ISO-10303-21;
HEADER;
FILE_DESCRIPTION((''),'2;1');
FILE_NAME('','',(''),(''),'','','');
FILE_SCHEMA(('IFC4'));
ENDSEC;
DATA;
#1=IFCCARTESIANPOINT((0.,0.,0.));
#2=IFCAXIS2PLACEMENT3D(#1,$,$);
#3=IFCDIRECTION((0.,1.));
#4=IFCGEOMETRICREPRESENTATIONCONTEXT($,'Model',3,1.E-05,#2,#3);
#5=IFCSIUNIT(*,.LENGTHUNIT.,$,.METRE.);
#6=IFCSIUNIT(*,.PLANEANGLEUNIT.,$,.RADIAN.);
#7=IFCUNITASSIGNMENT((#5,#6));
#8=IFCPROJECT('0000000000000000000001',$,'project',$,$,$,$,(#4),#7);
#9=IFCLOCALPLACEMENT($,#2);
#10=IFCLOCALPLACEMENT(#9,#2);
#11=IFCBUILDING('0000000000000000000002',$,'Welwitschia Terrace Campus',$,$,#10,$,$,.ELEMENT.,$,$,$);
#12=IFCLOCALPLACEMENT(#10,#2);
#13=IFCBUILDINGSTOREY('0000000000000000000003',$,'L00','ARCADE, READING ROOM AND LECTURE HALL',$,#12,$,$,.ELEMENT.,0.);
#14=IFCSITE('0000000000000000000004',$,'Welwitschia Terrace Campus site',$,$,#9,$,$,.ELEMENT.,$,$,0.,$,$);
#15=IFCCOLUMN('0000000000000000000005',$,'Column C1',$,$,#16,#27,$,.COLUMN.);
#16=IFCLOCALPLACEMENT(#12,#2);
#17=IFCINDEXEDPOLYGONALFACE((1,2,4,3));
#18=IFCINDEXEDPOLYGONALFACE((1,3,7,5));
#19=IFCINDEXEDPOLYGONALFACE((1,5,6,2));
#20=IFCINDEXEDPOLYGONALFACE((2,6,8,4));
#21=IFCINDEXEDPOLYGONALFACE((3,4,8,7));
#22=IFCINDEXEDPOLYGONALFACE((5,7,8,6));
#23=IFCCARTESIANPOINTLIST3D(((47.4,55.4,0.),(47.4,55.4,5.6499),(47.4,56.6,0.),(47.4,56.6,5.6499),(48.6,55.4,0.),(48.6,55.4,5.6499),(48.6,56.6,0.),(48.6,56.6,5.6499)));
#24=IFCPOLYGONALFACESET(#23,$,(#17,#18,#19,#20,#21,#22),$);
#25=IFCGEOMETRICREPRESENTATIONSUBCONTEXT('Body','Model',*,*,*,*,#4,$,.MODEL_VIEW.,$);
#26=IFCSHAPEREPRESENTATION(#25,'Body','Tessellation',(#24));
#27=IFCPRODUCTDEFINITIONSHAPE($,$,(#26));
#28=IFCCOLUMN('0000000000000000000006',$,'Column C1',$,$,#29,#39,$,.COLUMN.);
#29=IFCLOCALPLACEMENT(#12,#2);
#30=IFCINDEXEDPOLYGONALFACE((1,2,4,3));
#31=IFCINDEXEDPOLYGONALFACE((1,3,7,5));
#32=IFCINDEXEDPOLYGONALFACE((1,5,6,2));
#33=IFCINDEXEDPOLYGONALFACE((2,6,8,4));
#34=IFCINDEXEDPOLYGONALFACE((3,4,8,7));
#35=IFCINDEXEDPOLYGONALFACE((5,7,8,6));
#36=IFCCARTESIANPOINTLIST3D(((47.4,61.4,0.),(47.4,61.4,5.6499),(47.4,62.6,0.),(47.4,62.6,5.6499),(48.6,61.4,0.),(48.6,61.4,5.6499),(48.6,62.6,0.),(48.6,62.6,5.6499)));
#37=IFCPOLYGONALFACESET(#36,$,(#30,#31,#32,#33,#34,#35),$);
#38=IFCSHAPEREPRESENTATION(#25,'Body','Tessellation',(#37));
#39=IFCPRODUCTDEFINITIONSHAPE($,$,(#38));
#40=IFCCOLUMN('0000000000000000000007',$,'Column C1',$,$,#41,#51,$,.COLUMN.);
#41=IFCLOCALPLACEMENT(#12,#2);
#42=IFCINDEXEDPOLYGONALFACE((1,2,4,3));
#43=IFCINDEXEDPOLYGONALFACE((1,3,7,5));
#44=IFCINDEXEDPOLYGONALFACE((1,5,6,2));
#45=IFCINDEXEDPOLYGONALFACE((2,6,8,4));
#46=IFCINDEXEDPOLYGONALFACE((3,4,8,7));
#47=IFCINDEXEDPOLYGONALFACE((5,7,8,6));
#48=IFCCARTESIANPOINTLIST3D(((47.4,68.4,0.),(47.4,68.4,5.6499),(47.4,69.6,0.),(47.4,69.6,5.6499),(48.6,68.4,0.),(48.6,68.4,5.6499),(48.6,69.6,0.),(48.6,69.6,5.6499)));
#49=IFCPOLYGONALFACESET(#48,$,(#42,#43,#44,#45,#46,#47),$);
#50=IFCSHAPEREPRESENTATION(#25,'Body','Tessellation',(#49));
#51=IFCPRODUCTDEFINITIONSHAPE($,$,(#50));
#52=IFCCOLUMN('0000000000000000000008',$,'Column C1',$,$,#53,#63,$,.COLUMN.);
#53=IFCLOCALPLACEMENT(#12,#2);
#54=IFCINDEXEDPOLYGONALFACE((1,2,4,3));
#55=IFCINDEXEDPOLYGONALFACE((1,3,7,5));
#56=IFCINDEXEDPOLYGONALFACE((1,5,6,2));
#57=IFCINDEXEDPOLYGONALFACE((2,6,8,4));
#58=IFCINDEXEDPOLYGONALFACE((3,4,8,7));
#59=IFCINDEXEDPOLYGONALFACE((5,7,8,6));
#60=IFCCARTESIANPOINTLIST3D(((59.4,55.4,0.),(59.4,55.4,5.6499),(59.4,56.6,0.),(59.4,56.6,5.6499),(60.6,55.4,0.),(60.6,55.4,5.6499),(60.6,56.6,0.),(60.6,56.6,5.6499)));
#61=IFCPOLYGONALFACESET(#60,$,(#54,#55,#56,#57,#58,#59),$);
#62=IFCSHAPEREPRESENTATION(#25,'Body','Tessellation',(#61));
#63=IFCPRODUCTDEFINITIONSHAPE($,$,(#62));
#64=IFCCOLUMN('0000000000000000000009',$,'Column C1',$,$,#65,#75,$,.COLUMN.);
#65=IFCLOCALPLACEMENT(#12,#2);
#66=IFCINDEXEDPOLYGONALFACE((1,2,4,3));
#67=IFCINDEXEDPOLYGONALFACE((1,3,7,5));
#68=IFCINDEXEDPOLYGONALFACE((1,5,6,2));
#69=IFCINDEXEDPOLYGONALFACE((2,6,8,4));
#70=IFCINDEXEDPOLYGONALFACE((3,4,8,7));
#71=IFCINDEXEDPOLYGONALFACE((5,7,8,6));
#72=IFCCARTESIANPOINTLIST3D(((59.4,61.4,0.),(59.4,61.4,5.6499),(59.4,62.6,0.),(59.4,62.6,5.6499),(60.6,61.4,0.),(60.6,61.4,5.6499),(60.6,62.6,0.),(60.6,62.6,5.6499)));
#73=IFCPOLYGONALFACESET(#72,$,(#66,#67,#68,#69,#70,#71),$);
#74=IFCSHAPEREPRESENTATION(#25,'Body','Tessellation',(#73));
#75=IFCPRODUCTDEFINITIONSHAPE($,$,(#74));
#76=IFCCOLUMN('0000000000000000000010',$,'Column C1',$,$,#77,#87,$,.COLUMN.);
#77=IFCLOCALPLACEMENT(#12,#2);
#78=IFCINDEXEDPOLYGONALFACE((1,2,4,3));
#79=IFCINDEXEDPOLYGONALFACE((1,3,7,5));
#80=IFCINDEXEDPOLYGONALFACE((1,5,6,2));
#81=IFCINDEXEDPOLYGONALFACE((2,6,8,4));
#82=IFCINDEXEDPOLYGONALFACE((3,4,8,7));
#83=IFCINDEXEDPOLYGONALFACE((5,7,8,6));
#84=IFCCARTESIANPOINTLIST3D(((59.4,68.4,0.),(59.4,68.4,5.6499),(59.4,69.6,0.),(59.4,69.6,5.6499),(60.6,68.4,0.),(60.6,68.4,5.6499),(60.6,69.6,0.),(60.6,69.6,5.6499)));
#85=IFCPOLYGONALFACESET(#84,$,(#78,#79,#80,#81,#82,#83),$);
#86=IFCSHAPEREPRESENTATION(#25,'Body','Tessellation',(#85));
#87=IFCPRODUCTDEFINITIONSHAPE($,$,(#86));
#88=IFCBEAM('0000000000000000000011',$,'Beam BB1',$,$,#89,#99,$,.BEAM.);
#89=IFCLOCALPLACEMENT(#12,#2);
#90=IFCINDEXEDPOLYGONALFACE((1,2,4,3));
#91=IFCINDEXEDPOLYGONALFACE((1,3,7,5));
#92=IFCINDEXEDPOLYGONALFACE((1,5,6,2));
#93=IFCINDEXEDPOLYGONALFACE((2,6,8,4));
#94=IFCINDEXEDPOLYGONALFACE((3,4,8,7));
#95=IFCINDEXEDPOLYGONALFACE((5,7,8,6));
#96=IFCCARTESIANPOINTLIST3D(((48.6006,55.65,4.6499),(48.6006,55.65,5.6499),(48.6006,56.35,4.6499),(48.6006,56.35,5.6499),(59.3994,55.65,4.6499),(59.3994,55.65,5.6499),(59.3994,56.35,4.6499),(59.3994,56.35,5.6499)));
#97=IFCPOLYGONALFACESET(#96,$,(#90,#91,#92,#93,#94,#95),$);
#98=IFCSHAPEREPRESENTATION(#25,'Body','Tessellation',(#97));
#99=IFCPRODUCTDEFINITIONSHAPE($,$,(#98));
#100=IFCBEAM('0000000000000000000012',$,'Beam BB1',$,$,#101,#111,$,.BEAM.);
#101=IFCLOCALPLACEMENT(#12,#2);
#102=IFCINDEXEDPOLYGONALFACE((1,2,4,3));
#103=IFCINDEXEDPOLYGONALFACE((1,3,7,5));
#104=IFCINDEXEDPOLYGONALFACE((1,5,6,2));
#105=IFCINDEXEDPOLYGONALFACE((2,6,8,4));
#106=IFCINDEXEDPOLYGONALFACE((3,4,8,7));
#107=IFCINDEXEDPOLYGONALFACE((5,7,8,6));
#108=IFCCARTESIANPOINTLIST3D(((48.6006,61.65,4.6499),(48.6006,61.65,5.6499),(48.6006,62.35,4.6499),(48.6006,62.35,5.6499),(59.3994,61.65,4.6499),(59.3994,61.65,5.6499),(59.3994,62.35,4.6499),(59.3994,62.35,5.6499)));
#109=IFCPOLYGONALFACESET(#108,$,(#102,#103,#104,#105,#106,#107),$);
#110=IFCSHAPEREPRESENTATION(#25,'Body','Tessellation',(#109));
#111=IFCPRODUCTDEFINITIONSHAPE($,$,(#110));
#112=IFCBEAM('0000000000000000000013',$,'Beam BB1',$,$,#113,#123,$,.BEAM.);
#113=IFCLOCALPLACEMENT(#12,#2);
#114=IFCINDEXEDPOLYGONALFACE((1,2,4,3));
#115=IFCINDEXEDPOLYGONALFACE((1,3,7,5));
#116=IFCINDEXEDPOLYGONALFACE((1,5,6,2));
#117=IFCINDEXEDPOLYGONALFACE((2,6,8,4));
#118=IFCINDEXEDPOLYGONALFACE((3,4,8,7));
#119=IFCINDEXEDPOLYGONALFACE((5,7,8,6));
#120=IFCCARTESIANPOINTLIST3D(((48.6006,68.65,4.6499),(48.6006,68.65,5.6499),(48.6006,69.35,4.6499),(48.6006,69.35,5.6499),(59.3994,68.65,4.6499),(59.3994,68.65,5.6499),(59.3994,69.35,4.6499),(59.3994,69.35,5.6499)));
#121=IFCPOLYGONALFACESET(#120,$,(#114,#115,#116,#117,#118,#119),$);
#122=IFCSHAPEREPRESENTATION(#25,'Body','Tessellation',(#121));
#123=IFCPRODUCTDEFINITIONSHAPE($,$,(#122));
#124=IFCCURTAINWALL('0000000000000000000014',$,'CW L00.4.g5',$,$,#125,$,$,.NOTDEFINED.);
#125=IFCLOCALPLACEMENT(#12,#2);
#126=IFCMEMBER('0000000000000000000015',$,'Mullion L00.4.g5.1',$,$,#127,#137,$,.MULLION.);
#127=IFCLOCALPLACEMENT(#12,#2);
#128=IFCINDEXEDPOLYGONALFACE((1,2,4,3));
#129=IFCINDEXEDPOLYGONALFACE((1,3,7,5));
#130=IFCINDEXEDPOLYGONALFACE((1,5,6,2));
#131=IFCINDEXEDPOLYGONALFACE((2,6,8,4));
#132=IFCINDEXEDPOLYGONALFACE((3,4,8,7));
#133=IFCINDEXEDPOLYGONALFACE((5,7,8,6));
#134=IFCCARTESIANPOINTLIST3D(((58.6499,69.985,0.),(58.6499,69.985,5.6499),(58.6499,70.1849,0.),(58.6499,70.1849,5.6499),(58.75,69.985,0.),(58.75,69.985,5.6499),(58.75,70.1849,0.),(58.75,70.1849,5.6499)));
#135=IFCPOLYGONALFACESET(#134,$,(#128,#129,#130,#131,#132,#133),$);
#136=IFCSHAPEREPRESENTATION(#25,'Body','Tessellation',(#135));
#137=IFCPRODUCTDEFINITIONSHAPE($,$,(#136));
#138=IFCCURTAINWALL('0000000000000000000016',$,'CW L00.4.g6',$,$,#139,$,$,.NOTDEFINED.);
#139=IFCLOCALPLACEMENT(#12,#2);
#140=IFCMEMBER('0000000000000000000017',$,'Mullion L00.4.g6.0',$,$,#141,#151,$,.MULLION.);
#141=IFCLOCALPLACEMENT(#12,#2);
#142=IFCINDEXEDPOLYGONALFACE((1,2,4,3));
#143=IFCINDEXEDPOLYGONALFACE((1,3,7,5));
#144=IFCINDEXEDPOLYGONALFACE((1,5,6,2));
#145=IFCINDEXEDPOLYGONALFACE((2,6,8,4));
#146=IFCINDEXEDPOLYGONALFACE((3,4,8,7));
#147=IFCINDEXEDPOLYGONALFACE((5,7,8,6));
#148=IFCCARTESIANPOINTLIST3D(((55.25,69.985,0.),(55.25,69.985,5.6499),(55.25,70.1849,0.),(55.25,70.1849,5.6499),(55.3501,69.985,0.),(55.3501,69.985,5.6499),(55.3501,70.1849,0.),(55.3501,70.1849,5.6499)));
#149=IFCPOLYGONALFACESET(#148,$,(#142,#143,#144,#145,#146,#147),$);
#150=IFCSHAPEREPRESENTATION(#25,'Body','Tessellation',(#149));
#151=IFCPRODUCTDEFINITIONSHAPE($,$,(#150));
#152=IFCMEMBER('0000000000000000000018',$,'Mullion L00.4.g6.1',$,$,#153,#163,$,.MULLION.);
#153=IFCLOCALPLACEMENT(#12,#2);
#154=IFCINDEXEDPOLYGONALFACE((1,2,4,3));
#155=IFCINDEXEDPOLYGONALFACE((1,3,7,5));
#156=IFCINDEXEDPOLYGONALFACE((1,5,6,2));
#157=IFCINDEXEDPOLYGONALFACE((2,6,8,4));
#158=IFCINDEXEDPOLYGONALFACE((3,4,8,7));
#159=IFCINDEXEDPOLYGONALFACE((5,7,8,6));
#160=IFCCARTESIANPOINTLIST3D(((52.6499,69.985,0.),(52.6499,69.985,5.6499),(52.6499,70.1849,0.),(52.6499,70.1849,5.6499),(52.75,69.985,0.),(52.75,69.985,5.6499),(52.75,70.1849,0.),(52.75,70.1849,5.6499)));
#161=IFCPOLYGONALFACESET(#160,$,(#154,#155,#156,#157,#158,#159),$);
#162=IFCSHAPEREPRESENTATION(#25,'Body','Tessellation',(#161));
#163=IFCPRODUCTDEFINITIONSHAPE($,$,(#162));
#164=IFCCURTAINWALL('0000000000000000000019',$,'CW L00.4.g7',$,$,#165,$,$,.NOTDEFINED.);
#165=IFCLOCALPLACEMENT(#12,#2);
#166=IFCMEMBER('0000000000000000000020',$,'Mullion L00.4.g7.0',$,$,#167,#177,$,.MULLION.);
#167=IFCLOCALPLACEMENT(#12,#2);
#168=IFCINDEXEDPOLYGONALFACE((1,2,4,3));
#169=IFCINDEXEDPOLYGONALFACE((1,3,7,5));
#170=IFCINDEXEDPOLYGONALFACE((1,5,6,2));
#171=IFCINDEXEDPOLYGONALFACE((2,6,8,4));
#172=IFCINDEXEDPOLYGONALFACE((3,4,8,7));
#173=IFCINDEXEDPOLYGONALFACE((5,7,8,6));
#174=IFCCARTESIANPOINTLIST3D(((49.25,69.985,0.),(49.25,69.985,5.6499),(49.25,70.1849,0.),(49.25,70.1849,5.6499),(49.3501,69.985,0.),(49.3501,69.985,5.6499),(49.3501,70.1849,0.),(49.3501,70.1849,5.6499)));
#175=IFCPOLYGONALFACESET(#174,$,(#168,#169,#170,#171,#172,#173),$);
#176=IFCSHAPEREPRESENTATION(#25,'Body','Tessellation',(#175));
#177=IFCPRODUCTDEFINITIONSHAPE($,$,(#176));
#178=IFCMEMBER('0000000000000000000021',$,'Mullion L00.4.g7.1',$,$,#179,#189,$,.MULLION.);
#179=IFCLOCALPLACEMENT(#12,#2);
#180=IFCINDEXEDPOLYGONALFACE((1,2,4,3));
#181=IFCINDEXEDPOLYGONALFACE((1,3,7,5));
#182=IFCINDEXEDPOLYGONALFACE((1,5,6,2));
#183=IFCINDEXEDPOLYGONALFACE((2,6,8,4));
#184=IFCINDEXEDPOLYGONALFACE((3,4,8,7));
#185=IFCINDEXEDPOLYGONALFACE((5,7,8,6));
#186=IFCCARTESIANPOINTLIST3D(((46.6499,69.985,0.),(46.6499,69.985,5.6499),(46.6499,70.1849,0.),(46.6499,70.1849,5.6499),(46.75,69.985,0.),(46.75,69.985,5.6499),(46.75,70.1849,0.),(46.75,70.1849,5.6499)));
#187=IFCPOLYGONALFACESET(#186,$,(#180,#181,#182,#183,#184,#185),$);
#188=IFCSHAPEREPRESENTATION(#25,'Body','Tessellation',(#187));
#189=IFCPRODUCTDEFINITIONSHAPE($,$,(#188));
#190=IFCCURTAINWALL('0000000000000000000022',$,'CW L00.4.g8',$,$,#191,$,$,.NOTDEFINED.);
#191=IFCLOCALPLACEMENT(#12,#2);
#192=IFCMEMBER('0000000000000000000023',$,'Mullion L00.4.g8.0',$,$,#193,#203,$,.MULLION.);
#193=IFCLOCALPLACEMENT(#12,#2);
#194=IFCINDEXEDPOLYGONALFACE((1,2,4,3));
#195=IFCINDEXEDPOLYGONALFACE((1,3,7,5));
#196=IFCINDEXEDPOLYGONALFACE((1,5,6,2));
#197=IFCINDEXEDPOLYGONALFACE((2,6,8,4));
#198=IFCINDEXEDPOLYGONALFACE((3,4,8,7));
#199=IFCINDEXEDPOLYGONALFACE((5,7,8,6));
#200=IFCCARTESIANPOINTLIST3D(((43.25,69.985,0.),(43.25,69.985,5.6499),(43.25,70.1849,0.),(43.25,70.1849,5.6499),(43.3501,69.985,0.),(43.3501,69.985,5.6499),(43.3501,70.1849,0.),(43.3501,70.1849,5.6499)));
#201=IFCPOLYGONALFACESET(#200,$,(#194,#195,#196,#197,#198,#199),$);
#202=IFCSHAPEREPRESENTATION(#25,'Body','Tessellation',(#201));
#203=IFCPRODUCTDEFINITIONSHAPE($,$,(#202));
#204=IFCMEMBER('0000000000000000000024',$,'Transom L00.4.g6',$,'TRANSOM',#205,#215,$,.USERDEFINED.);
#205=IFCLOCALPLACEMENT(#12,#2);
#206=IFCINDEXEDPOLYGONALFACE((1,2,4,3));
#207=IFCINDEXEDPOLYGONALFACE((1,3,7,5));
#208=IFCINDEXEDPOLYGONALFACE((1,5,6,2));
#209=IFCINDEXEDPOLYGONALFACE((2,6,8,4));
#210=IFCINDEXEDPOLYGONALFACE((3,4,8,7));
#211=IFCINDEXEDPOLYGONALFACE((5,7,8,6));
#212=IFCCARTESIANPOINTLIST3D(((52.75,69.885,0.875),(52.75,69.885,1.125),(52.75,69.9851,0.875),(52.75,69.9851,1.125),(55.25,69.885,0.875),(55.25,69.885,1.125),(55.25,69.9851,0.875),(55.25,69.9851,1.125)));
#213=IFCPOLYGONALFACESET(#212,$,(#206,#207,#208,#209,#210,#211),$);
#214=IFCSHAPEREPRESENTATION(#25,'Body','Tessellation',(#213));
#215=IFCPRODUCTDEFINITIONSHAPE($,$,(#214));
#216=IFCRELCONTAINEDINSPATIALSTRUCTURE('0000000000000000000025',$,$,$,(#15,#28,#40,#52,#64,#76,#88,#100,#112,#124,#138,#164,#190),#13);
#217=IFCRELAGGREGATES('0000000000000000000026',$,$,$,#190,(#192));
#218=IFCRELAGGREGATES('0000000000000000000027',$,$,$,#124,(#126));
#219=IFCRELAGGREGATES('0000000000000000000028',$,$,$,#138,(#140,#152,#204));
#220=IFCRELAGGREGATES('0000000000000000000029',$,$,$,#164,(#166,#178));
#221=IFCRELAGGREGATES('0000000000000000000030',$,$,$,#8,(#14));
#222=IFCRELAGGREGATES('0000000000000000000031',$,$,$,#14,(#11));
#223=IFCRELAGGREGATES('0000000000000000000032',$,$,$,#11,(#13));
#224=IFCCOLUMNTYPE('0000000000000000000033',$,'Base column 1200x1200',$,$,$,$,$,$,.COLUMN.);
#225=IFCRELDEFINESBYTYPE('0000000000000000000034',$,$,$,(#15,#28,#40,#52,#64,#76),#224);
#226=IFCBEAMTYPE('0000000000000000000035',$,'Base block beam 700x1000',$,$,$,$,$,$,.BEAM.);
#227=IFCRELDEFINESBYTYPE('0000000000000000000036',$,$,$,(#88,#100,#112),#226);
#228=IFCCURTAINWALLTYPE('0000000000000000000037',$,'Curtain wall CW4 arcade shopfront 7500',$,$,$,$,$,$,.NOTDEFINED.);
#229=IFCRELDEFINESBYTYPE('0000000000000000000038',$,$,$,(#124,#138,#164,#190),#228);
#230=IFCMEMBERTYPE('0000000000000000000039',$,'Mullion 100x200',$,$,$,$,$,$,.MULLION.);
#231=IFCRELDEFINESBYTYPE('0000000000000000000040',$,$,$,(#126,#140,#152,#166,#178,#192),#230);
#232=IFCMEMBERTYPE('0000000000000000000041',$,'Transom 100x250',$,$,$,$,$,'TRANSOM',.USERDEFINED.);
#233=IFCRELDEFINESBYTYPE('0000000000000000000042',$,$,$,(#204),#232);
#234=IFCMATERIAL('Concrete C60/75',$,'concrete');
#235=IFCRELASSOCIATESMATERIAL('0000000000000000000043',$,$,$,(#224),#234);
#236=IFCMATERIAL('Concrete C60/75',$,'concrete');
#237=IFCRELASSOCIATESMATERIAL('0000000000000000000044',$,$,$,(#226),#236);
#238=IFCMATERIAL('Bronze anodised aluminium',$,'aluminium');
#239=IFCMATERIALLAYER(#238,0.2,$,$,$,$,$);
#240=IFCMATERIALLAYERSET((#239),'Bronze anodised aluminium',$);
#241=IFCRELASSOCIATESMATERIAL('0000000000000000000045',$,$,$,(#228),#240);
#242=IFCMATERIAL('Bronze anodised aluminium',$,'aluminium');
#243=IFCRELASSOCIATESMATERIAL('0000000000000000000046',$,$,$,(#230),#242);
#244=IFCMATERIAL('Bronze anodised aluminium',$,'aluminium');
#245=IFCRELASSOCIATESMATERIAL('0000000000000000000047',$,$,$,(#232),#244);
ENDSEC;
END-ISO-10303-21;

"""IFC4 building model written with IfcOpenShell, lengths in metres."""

from ifc_helpers import new_model, si_unit, direction, frame, origin, origin_2d, place, context, subcontext, project, spatial, rectangle, extrude, material, layer, layer_set, material_profile, profile_set, type_object, element, aggregate, save


model = new_model("IFC4")

# Units and contexts
model_context = context("Model", 3, precision=1e-05, world=origin(), true_north=direction((0.0, 1.0)))
body_context = subcontext(model_context, "Body", "Model", "MODEL_VIEW")
ifc_project = project(units=[si_unit("LENGTHUNIT", "METRE"), si_unit("PLANEANGLEUNIT", "RADIAN")], contexts=[model_context])

# Site, building, storey
site_placement = place(None, origin())
site = spatial("IfcSite", under=ifc_project, at=site_placement, Name="Welwitschia Terrace Campus site", CompositionType="ELEMENT", RefElevation=0.0)
building_placement = place(site_placement, origin())
building = spatial("IfcBuilding", under=site, at=building_placement, Name="Welwitschia Terrace Campus", CompositionType="ELEMENT")
storey_placement = place(building_placement, origin())
storey = spatial("IfcBuildingStorey", under=building, at=storey_placement, Name="L00", Description="ARCADE, READING ROOM AND LECTURE HALL", CompositionType="ELEMENT", Elevation=0.0)

# Columns
ifc_material_1 = material(Name="Concrete C60/75", Category="concrete")
ifc_material_profile_1 = material_profile(ifc_material_1, rectangle(XDim=1.2, YDim=1.2, at=origin_2d()))
ifc_profile_set_1 = profile_set([ifc_material_profile_1], Name="Concrete C60/75")
column_type = type_object("IfcColumnType", Name="Base column 1200x1200", PredefinedType="COLUMN", material=ifc_profile_set_1)
for number, where, z_axis, x_axis, name in (
    (1, (48.0, 56.0, 0.0), (0.0, 0.0, 1.0), (1.0, 0.0, 0.0), "Column C1"),
    (2, (48.0, 62.0, 0.0), (0.0, 0.0, 1.0), (1.0, 0.0, 0.0), "Column C1"),
    (3, (48.0, 69.0, 0.0), (0.0, 0.0, 1.0), (1.0, 0.0, 0.0), "Column C1"),
    (4, (60.0, 56.0, 0.0), (0.0, 0.0, 1.0), (1.0, 0.0, 0.0), "Column C1"),
    (5, (60.0, 62.0, 0.0), (0.0, 0.0, 1.0), (1.0, 0.0, 0.0), "Column C1"),
    (6, (60.0, 69.0, 0.0), (0.0, 0.0, 1.0), (1.0, 0.0, 0.0), "Column C1"),
):
    element("IfcColumn", number, at=place(storey_placement, frame(where, z_axis=z_axis, x_axis=x_axis)), inside=storey, type_object=column_type, Name=name, PredefinedType="COLUMN", context=body_context, shape_type="SweptSolid", body=[
        extrude(rectangle(XDim=1.2, YDim=1.2, at=origin_2d()), origin(), (0.0, 0.0, 1.0), 5.6499),
    ])

# Beams
ifc_material_2 = material(Name="Concrete C60/75", Category="concrete")
ifc_material_profile_2 = material_profile(ifc_material_2, rectangle(XDim=0.7, YDim=1.0, at=origin_2d()))
ifc_profile_set_2 = profile_set([ifc_material_profile_2], Name="Concrete C60/75")
beam_type = type_object("IfcBeamType", Name="Base block beam 700x1000", PredefinedType="BEAM", material=ifc_profile_set_2)
for number, where, z_axis, x_axis, name in (
    (7, (48.6006, 56.0, 5.1499), (1.0, 0.0, 0.0), (0.0, 1.0, 0.0), "Beam BB1"),
    (8, (48.6006, 62.0, 5.1499), (1.0, 0.0, 0.0), (0.0, 1.0, 0.0), "Beam BB1"),
    (9, (48.6006, 69.0, 5.1499), (1.0, 0.0, 0.0), (0.0, 1.0, 0.0), "Beam BB1"),
):
    element("IfcBeam", number, at=place(storey_placement, frame(where, z_axis=z_axis, x_axis=x_axis)), inside=storey, type_object=beam_type, Name=name, PredefinedType="BEAM", context=body_context, shape_type="SweptSolid", body=[
        extrude(rectangle(XDim=0.7, YDim=1.0, at=origin_2d()), origin(), (0.0, 0.0, 1.0), 10.7988),
    ])

# Curtain wall, member
ifc_material_3 = material(Name="Bronze anodised aluminium", Category="aluminium")
ifc_layer_1 = layer(ifc_material_3, 0.2)
ifc_layer_set_1 = layer_set([ifc_layer_1], Name="Bronze anodised aluminium")
curtain_wall_type = type_object("IfcCurtainWallType", Name="Curtain wall CW4 arcade shopfront 7500", PredefinedType="NOTDEFINED", material=ifc_layer_set_1)
curtain_wall_1_placement = place(storey_placement, origin())
curtain_wall_1 = element("IfcCurtainWall", 10, at=curtain_wall_1_placement, inside=storey, type_object=curtain_wall_type, Name="CW L00.4.g5", PredefinedType="NOTDEFINED")
ifc_material_4 = material(Name="Bronze anodised aluminium", Category="aluminium")
ifc_material_profile_3 = material_profile(ifc_material_4, rectangle(XDim=0.2, YDim=0.1001, at=origin_2d()))
ifc_profile_set_3 = profile_set([ifc_material_profile_3], Name="Bronze anodised aluminium")
member_type_1 = type_object("IfcMemberType", Name="Mullion 100x200", PredefinedType="MULLION", material=ifc_profile_set_3)
member_1_placement = place(storey_placement, frame((58.7, 70.085, 0.0), z_axis=(0.0, 0.0, 1.0), x_axis=(0.0, -1.0, 0.0)))
member_1 = element("IfcMember", 11, at=member_1_placement, type_object=member_type_1, Name="Mullion L00.4.g5.1", PredefinedType="MULLION", context=body_context, shape_type="SweptSolid", body=[
    extrude(rectangle(XDim=0.2, YDim=0.1001, at=origin_2d()), origin(), (0.0, 0.0, 1.0), 5.6499),
])

# Curtain walls, members
curtain_wall_2_placement = place(storey_placement, origin())
curtain_wall_2 = element("IfcCurtainWall", 12, at=curtain_wall_2_placement, inside=storey, type_object=curtain_wall_type, Name="CW L00.4.g6", PredefinedType="NOTDEFINED")
member_2_placement = place(storey_placement, frame((55.3, 70.085, 0.0), z_axis=(0.0, 0.0, 1.0), x_axis=(0.0, -1.0, 0.0)))
member_2 = element("IfcMember", 13, at=member_2_placement, type_object=member_type_1, Name="Mullion L00.4.g6.0", PredefinedType="MULLION", context=body_context, shape_type="SweptSolid", body=[
    extrude(rectangle(XDim=0.2, YDim=0.1001, at=origin_2d()), origin(), (0.0, 0.0, 1.0), 5.6499),
])
member_3_placement = place(storey_placement, frame((52.7, 70.085, 0.0), z_axis=(0.0, 0.0, 1.0), x_axis=(0.0, -1.0, 0.0)))
member_3 = element("IfcMember", 14, at=member_3_placement, type_object=member_type_1, Name="Mullion L00.4.g6.1", PredefinedType="MULLION", context=body_context, shape_type="SweptSolid", body=[
    extrude(rectangle(XDim=0.2, YDim=0.1001, at=origin_2d()), origin(), (0.0, 0.0, 1.0), 5.6499),
])
curtain_wall_3_placement = place(storey_placement, origin())
curtain_wall_3 = element("IfcCurtainWall", 15, at=curtain_wall_3_placement, inside=storey, type_object=curtain_wall_type, Name="CW L00.4.g7", PredefinedType="NOTDEFINED")
member_4_placement = place(storey_placement, frame((49.3, 70.085, 0.0), z_axis=(0.0, 0.0, 1.0), x_axis=(0.0, -1.0, 0.0)))
member_4 = element("IfcMember", 16, at=member_4_placement, type_object=member_type_1, Name="Mullion L00.4.g7.0", PredefinedType="MULLION", context=body_context, shape_type="SweptSolid", body=[
    extrude(rectangle(XDim=0.2, YDim=0.1001, at=origin_2d()), origin(), (0.0, 0.0, 1.0), 5.6499),
])
member_5_placement = place(storey_placement, frame((46.7, 70.085, 0.0), z_axis=(0.0, 0.0, 1.0), x_axis=(0.0, -1.0, 0.0)))
member_5 = element("IfcMember", 17, at=member_5_placement, type_object=member_type_1, Name="Mullion L00.4.g7.1", PredefinedType="MULLION", context=body_context, shape_type="SweptSolid", body=[
    extrude(rectangle(XDim=0.2, YDim=0.1001, at=origin_2d()), origin(), (0.0, 0.0, 1.0), 5.6499),
])

# Curtain wall, member
curtain_wall_4_placement = place(storey_placement, origin())
curtain_wall_4 = element("IfcCurtainWall", 18, at=curtain_wall_4_placement, inside=storey, type_object=curtain_wall_type, Name="CW L00.4.g8", PredefinedType="NOTDEFINED")
member_6_placement = place(storey_placement, frame((43.3, 70.085, 0.0), z_axis=(0.0, 0.0, 1.0), x_axis=(0.0, -1.0, 0.0)))
member_6 = element("IfcMember", 19, at=member_6_placement, type_object=member_type_1, Name="Mullion L00.4.g8.0", PredefinedType="MULLION", context=body_context, shape_type="SweptSolid", body=[
    extrude(rectangle(XDim=0.2, YDim=0.1001, at=origin_2d()), origin(), (0.0, 0.0, 1.0), 5.6499),
])
aggregate(curtain_wall_4, [member_6])

# Member
ifc_material_5 = material(Name="Bronze anodised aluminium", Category="aluminium")
ifc_material_profile_4 = material_profile(ifc_material_5, rectangle(XDim=0.1001, YDim=0.25, at=origin_2d()))
ifc_profile_set_4 = profile_set([ifc_material_profile_4], Name="Bronze anodised aluminium")
member_type_2 = type_object("IfcMemberType", Name="Transom 100x250", ElementType="TRANSOM", PredefinedType="USERDEFINED", material=ifc_profile_set_4)
member_7_placement = place(storey_placement, frame((55.25, 69.9351, 1.0), z_axis=(-1.0, 0.0, 0.0), x_axis=(0.0, -1.0, 0.0)))
member_7 = element("IfcMember", 20, at=member_7_placement, type_object=member_type_2, Name="Transom L00.4.g6", ObjectType="TRANSOM", PredefinedType="USERDEFINED", context=body_context, shape_type="SweptSolid", body=[
    extrude(rectangle(XDim=0.1001, YDim=0.25, at=origin_2d()), origin(), (0.0, 0.0, 1.0), 2.5),
])

aggregate(curtain_wall_1, [member_1])
aggregate(curtain_wall_2, [member_2, member_3, member_7])
aggregate(curtain_wall_3, [member_4, member_5])

save(model, "model.ifc")
